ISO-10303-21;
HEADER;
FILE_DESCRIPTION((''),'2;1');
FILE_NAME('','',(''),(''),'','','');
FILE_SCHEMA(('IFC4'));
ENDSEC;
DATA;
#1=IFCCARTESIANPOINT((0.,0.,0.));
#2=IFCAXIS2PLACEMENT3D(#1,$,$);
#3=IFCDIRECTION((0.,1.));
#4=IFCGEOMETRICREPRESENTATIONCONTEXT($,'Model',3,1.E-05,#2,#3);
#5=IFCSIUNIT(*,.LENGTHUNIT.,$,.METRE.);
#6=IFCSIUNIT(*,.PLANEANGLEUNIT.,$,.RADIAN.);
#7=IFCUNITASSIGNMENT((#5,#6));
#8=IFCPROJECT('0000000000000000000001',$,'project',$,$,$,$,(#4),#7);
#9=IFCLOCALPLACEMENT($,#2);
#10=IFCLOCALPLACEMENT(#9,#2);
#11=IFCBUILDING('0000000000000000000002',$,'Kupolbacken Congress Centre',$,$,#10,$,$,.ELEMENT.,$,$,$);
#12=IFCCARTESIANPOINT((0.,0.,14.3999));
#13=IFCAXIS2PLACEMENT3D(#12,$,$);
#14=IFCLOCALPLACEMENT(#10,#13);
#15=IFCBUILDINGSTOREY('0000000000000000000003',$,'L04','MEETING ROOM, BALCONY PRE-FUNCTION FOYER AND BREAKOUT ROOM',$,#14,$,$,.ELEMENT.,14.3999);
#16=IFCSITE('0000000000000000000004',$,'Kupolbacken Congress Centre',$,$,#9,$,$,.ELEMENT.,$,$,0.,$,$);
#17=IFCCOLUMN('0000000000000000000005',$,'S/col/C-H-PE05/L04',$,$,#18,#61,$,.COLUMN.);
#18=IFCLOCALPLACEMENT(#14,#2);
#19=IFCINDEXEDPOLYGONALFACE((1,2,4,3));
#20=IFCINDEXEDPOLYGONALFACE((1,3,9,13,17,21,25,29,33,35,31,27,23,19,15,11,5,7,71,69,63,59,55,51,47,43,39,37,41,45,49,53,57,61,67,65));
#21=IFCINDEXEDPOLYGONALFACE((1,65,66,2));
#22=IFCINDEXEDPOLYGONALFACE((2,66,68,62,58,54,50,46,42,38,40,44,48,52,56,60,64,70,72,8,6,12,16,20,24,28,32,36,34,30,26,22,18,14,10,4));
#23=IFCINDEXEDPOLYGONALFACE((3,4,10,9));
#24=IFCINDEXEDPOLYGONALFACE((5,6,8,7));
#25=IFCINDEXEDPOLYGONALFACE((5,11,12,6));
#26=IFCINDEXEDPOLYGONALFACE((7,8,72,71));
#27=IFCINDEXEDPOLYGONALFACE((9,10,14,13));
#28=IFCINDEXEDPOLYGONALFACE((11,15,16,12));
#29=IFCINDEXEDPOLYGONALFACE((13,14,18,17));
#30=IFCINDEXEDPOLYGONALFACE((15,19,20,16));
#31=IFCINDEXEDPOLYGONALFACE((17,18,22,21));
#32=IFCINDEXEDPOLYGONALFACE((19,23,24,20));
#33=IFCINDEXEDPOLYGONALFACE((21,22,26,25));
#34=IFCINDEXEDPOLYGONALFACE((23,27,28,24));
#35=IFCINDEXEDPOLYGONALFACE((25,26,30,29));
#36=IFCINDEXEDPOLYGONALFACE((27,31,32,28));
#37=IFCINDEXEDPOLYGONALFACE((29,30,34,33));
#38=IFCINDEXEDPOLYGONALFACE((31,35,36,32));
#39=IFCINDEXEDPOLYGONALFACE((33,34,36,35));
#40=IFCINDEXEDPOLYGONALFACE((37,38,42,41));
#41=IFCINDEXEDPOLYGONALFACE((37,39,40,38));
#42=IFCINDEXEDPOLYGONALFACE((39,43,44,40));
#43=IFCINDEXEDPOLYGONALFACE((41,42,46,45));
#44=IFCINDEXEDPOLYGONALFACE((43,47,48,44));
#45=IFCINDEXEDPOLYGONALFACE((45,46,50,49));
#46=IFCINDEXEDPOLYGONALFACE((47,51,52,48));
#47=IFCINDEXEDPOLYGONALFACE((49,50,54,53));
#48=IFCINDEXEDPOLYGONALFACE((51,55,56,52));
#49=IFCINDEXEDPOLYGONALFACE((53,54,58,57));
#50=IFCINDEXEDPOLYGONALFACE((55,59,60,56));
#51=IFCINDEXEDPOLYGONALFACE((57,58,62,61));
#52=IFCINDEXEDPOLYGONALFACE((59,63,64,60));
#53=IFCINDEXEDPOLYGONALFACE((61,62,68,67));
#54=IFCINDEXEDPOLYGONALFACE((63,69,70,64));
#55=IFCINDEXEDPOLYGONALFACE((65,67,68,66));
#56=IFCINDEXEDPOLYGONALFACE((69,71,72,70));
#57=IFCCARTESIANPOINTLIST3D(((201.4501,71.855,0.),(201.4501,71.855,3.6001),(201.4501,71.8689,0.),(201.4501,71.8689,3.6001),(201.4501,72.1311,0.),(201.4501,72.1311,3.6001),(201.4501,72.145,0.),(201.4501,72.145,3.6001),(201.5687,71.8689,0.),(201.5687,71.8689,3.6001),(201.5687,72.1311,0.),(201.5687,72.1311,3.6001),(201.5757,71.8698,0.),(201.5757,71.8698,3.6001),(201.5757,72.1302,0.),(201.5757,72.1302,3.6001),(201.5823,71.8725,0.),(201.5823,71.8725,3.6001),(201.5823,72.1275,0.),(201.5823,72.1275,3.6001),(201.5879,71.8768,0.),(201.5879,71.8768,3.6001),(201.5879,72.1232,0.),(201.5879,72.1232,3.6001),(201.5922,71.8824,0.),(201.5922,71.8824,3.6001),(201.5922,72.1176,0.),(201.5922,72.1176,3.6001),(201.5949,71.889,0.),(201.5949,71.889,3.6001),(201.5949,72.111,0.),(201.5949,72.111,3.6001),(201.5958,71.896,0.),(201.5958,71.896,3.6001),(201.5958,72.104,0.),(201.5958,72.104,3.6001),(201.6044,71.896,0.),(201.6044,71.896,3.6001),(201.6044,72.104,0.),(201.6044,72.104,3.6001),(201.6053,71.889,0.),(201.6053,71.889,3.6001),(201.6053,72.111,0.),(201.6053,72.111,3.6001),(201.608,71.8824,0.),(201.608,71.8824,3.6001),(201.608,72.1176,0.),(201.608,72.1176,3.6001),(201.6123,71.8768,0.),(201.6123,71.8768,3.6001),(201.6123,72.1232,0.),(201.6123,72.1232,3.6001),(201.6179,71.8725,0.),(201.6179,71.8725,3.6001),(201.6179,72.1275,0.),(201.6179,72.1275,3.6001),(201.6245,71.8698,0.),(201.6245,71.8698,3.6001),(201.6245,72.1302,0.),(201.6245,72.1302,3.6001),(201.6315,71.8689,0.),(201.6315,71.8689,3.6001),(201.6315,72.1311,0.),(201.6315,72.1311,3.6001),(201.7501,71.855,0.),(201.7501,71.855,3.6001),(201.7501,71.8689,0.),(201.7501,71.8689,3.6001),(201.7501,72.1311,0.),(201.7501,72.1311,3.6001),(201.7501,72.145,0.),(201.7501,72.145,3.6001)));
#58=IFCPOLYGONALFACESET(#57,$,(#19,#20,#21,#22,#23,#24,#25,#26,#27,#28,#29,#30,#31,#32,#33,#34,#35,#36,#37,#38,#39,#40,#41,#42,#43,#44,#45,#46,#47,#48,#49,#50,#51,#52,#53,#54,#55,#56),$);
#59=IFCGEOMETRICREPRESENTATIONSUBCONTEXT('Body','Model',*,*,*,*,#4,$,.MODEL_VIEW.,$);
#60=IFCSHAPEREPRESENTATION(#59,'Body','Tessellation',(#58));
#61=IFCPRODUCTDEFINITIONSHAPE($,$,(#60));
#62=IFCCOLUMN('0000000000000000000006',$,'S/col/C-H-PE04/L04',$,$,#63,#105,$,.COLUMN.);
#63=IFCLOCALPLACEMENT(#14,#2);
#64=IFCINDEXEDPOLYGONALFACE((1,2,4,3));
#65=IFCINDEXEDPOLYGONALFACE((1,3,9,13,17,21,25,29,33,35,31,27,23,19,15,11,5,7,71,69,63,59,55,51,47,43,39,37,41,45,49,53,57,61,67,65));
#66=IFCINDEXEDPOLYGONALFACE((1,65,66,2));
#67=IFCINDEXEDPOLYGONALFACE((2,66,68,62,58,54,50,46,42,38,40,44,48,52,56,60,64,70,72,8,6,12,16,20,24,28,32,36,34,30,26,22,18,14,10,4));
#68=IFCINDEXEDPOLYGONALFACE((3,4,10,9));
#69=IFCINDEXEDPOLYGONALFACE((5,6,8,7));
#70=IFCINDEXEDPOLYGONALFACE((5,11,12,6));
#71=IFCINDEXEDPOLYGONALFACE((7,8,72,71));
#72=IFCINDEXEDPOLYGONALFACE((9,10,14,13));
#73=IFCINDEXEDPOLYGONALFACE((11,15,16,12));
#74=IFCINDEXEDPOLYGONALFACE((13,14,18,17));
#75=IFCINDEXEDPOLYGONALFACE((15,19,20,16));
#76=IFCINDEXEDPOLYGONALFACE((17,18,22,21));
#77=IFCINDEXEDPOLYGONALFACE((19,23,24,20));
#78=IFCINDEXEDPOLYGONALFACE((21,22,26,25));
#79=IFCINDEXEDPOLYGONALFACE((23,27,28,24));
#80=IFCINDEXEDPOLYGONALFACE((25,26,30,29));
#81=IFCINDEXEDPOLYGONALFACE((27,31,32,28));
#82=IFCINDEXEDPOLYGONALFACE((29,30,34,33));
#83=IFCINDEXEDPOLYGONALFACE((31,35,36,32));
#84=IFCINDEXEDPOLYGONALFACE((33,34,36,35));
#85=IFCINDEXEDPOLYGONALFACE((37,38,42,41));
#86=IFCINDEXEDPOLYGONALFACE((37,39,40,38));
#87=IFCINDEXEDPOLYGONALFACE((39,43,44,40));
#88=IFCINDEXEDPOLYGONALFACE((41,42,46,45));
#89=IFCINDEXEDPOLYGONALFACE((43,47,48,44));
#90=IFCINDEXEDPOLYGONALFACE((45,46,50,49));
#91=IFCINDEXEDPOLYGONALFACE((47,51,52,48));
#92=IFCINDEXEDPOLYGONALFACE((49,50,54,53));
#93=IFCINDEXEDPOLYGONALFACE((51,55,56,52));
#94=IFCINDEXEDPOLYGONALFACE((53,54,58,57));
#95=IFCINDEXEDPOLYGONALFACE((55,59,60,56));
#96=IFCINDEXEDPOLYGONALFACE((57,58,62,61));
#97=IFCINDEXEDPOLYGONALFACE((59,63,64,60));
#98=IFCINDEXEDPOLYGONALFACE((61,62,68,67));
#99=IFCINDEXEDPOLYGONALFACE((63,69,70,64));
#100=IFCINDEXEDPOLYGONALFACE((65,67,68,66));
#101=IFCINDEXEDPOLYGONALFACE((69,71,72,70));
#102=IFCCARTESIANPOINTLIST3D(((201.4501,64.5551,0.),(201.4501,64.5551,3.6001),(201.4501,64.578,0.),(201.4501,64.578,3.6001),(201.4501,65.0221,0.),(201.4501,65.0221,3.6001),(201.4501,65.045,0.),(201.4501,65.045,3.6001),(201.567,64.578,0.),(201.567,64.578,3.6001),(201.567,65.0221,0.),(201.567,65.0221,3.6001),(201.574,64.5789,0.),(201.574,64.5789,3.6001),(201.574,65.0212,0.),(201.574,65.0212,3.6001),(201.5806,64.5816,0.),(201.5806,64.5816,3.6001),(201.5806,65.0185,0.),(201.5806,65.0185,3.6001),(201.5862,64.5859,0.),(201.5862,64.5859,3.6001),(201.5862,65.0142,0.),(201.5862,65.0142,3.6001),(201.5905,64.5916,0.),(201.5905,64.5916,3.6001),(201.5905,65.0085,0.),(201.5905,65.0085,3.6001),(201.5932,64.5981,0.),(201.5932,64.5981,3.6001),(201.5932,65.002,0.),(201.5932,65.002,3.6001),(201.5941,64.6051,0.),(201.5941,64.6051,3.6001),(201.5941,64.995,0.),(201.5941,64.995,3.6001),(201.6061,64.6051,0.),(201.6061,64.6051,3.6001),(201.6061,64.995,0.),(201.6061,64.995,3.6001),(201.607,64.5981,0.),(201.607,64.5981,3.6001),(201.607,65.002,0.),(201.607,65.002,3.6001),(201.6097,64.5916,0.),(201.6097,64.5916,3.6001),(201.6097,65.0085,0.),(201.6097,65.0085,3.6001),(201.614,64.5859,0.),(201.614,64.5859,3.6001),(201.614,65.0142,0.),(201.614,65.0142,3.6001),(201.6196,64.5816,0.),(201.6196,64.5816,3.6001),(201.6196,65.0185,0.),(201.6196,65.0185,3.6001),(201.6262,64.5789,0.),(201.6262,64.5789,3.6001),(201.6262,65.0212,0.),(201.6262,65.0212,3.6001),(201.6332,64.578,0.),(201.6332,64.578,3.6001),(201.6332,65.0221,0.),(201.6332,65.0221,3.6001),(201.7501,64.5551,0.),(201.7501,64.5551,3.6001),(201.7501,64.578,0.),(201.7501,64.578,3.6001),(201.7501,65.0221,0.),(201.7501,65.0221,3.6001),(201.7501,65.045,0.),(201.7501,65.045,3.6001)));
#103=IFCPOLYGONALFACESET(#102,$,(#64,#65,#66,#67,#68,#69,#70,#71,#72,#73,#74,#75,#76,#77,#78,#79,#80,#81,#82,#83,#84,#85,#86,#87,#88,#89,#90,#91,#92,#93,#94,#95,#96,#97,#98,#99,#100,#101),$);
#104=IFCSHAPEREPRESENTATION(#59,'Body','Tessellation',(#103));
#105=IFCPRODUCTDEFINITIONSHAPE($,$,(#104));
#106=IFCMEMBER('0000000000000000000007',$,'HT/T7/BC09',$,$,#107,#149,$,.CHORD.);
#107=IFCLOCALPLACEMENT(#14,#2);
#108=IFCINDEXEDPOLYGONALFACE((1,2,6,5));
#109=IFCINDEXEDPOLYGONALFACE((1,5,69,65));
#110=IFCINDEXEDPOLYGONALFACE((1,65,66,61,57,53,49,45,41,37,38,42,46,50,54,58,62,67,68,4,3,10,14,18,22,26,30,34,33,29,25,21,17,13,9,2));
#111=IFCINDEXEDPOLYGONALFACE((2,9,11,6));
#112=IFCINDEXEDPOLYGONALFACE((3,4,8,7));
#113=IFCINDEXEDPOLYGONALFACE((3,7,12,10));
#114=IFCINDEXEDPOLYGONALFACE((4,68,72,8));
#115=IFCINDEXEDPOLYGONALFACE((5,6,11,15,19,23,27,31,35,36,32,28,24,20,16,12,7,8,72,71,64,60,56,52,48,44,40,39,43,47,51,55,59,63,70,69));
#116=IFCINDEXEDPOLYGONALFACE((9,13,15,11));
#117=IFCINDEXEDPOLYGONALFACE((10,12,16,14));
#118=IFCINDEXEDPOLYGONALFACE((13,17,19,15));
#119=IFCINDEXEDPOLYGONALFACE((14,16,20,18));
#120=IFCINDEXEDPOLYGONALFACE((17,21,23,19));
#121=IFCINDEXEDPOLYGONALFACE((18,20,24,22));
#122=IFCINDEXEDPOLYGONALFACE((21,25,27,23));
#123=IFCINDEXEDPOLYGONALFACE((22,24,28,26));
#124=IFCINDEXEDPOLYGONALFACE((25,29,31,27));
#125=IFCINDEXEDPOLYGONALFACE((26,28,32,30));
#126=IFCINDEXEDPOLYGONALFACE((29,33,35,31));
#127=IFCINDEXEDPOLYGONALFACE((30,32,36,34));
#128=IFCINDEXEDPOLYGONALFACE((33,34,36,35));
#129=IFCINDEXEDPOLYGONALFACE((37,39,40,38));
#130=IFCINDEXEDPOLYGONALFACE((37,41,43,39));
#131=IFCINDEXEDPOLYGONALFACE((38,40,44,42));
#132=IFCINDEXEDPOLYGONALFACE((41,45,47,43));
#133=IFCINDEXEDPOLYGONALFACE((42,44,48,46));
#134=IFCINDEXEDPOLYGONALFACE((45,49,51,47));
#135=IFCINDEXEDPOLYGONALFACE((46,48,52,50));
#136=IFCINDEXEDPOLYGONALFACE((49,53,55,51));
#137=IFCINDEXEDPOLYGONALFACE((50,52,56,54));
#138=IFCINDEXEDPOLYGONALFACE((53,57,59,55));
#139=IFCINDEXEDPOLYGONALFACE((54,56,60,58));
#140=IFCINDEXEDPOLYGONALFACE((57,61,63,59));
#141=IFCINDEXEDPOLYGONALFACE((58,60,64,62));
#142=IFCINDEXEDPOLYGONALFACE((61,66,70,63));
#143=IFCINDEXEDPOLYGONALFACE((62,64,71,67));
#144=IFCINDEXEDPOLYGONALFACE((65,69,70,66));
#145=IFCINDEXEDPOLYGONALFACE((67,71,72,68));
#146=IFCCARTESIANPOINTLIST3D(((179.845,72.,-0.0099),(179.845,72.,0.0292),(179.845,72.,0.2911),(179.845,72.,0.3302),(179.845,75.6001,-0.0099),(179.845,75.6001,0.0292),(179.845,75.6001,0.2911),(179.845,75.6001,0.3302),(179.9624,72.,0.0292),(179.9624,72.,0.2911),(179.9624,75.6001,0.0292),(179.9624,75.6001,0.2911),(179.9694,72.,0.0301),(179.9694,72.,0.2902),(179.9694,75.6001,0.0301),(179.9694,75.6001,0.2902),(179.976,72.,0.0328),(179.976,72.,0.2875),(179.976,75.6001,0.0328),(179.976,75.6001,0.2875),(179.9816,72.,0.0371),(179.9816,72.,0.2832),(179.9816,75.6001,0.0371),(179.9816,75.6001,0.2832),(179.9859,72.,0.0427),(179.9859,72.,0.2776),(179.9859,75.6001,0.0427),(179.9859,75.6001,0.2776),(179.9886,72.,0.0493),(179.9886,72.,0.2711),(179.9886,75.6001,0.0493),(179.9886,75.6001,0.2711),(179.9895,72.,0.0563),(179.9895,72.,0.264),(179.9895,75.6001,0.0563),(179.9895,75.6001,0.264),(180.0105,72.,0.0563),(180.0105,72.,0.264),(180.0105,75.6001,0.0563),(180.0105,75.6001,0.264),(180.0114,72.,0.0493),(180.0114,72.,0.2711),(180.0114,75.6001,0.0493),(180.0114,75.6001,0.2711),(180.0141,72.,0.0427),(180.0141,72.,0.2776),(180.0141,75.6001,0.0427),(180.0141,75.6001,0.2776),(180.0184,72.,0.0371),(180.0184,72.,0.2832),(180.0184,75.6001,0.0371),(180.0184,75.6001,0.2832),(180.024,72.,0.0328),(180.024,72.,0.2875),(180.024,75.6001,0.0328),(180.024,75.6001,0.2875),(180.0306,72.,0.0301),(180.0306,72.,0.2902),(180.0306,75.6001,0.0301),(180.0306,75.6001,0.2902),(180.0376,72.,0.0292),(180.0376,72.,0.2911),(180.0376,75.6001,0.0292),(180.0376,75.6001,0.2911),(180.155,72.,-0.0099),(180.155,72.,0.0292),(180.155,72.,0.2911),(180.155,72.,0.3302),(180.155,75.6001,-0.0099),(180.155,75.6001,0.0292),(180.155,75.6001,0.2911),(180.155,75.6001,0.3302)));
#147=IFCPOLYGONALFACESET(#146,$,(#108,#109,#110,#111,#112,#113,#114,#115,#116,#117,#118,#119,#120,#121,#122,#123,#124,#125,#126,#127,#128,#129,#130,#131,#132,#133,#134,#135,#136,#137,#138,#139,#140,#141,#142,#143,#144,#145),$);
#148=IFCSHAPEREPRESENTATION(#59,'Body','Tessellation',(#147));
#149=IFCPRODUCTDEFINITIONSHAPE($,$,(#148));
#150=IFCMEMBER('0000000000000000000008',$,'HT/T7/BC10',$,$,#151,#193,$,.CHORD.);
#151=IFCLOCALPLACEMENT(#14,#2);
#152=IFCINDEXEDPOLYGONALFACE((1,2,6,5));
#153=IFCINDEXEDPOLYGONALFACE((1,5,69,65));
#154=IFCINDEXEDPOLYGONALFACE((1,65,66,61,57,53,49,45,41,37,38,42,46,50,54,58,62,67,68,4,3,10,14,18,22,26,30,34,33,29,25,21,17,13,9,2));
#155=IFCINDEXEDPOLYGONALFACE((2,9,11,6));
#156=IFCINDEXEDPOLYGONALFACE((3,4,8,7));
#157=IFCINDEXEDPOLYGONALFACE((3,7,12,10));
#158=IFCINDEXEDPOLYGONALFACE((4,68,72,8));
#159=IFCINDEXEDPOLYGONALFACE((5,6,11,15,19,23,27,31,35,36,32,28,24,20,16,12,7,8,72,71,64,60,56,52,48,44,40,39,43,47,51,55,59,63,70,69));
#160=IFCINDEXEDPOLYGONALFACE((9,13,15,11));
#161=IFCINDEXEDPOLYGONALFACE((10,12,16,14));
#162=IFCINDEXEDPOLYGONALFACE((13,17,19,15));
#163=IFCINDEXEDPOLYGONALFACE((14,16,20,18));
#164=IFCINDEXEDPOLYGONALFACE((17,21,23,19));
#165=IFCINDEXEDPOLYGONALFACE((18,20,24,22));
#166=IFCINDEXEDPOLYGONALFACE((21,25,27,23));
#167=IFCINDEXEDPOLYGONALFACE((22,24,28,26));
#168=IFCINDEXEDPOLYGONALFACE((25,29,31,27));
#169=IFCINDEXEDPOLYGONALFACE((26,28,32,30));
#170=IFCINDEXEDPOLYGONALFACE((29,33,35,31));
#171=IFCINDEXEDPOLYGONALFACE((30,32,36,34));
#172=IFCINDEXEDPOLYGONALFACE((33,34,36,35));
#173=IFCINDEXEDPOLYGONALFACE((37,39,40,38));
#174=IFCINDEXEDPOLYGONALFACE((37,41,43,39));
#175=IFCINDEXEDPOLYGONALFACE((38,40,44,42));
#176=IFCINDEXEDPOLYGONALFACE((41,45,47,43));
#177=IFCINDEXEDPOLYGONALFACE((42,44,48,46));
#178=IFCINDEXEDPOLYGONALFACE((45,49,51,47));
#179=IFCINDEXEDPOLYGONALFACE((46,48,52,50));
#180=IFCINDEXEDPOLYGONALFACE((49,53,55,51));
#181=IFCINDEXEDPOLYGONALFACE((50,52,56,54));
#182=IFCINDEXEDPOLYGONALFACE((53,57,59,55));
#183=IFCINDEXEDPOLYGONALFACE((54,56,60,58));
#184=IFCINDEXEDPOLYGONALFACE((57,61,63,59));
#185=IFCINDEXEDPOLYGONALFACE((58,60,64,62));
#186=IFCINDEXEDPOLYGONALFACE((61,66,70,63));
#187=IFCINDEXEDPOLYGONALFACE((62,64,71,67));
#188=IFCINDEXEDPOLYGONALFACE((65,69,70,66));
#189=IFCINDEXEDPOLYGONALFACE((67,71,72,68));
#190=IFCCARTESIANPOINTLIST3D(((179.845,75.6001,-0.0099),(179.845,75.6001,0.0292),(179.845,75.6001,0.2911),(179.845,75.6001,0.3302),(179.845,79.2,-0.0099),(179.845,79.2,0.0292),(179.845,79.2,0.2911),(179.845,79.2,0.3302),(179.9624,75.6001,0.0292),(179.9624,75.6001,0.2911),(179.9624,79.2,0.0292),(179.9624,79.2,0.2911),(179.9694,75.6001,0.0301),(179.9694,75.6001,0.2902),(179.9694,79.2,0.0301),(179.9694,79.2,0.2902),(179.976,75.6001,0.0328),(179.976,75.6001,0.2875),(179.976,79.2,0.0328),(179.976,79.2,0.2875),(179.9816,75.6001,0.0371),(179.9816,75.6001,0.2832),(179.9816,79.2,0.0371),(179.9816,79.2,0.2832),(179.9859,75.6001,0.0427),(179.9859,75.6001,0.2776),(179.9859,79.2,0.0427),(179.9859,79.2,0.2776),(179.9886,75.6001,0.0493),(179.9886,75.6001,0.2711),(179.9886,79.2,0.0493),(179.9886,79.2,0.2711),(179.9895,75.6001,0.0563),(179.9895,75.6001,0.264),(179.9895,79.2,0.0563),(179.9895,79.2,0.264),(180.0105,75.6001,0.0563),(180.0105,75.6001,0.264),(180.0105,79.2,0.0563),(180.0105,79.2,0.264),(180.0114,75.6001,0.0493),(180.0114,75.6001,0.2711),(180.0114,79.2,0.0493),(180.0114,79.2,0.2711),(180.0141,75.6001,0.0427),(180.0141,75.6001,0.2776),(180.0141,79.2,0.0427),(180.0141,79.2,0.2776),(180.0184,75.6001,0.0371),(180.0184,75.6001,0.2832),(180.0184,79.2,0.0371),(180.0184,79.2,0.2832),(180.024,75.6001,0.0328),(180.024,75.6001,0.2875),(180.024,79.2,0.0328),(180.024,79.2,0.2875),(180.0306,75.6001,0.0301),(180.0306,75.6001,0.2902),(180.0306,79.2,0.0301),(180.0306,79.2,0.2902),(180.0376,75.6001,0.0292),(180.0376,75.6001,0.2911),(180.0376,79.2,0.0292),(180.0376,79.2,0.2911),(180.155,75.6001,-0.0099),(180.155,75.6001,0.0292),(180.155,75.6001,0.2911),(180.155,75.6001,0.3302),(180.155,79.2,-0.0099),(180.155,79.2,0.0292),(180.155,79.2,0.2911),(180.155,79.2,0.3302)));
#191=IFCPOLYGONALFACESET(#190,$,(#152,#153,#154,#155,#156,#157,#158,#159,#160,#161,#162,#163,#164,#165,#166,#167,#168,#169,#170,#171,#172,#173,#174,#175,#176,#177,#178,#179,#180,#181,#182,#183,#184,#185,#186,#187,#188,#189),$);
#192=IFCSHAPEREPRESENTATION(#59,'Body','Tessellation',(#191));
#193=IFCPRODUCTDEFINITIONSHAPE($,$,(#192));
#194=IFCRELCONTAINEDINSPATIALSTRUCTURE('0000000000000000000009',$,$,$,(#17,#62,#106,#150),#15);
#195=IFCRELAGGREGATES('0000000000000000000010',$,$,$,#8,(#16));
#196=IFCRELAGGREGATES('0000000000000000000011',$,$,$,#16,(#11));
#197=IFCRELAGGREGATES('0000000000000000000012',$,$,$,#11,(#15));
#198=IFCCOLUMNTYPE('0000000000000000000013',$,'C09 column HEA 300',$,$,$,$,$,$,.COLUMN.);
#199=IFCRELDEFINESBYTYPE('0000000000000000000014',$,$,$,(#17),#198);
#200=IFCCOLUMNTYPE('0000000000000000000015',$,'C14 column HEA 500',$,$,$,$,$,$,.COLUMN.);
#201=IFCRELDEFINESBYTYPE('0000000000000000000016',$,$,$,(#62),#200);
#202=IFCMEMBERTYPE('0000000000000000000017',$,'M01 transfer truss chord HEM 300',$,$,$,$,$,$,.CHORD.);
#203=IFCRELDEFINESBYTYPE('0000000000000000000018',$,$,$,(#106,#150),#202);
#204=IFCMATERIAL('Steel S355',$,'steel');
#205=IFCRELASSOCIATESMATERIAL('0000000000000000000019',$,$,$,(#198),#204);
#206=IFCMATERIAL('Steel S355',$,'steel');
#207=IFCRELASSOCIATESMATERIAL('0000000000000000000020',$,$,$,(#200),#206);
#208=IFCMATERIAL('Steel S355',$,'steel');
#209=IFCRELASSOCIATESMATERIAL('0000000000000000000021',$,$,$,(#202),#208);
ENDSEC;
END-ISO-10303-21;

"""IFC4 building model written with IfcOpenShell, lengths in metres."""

from ifc_helpers import new_model, si_unit, direction, frame, origin, origin_2d, place, context, subcontext, project, spatial, i_section, extrude, material, material_profile, profile_set, type_object, element, save


model = new_model("IFC4")

# Units and contexts
model_context = context("Model", 3, precision=1e-05, world=origin(), true_north=direction((0.0, 1.0)))
body_context = subcontext(model_context, "Body", "Model", "MODEL_VIEW")
ifc_project = project(units=[si_unit("LENGTHUNIT", "METRE"), si_unit("PLANEANGLEUNIT", "RADIAN")], contexts=[model_context])

# Site, building, storey
site_placement = place(None, origin())
site = spatial("IfcSite", under=ifc_project, at=site_placement, Name="Kupolbacken Congress Centre", CompositionType="ELEMENT", RefElevation=0.0)
building_placement = place(site_placement, origin())
building = spatial("IfcBuilding", under=site, at=building_placement, Name="Kupolbacken Congress Centre", CompositionType="ELEMENT")
storey_placement = place(building_placement, frame((0.0, 0.0, 14.3999)))
storey = spatial("IfcBuildingStorey", under=building, at=storey_placement, Name="L04", Description="MEETING ROOM, BALCONY PRE-FUNCTION FOYER AND BREAKOUT ROOM", CompositionType="ELEMENT", Elevation=14.3999)

# Columns
ifc_material_1 = material(Name="Steel S355", Category="steel")
ifc_material_profile_1 = material_profile(ifc_material_1, i_section(OverallWidth=0.3, OverallDepth=0.29, WebThickness=0.0085, FlangeThickness=0.0139, FilletRadius=0.0271, at=origin_2d()), Name="HEA 300")
ifc_profile_set_1 = profile_set([ifc_material_profile_1], Name="Steel S355")
column_type_1 = type_object("IfcColumnType", Name="C09 column HEA 300", PredefinedType="COLUMN", material=ifc_profile_set_1)
column_1_placement = place(storey_placement, frame((201.6001, 72.0, 0.0), z_axis=(0.0, 0.0, 1.0), x_axis=(1.0, 0.0, 0.0)))
element("IfcColumn", 1, at=column_1_placement, inside=storey, type_object=column_type_1, Name="S/col/C-H-PE05/L04", PredefinedType="COLUMN", context=body_context, shape_type="SweptSolid", body=[
    extrude(i_section(OverallWidth=0.3, OverallDepth=0.29, WebThickness=0.0085, FlangeThickness=0.0139, FilletRadius=0.0271, at=origin_2d()), origin(), (0.0, 0.0, 1.0), 3.6001),
])
ifc_material_2 = material(Name="Steel S355", Category="steel")
ifc_material_profile_2 = material_profile(ifc_material_2, i_section(OverallWidth=0.3, OverallDepth=0.49, WebThickness=0.012, FlangeThickness=0.0229, FilletRadius=0.0271, at=origin_2d()), Name="HEA 500")
ifc_profile_set_2 = profile_set([ifc_material_profile_2], Name="Steel S355")
column_type_2 = type_object("IfcColumnType", Name="C14 column HEA 500", PredefinedType="COLUMN", material=ifc_profile_set_2)
column_2_placement = place(storey_placement, frame((201.6001, 64.8, 0.0), z_axis=(0.0, 0.0, 1.0), x_axis=(1.0, 0.0, 0.0)))
element("IfcColumn", 2, at=column_2_placement, inside=storey, type_object=column_type_2, Name="S/col/C-H-PE04/L04", PredefinedType="COLUMN", context=body_context, shape_type="SweptSolid", body=[
    extrude(i_section(OverallWidth=0.3, OverallDepth=0.49, WebThickness=0.012, FlangeThickness=0.0229, FilletRadius=0.0271, at=origin_2d()), origin(), (0.0, 0.0, 1.0), 3.6001),
])

# Members
ifc_material_3 = material(Name="Steel S355", Category="steel")
ifc_material_profile_3 = material_profile(ifc_material_3, i_section(OverallWidth=0.3101, OverallDepth=0.3401, WebThickness=0.021, FlangeThickness=0.0391, FilletRadius=0.0271, at=origin_2d()), Name="HEM 300")
ifc_profile_set_3 = profile_set([ifc_material_profile_3], Name="Steel S355")
member_type_1 = type_object("IfcMemberType", Name="M01 transfer truss chord HEM 300", PredefinedType="CHORD", material=ifc_profile_set_3)
member_1_placement = place(storey_placement, frame((180.0, 72.0, 0.1602), z_axis=(0.0, 1.0, 0.0), x_axis=(-1.0, 0.0, 0.0)))
element("IfcMember", 3, at=member_1_placement, inside=storey, type_object=member_type_1, Name="HT/T7/BC09", PredefinedType="CHORD", context=body_context, shape_type="SweptSolid", body=[
    extrude(i_section(OverallWidth=0.3101, OverallDepth=0.3401, WebThickness=0.021, FlangeThickness=0.0391, FilletRadius=0.0271, at=origin_2d()), origin(), (0.0, 0.0, 1.0), 3.6001),
])
member_2_placement = place(storey_placement, frame((180.0, 75.6001, 0.1602), z_axis=(0.0, 1.0, 0.0), x_axis=(-1.0, 0.0, 0.0)))
element("IfcMember", 4, at=member_2_placement, inside=storey, type_object=member_type_1, Name="HT/T7/BC10", PredefinedType="CHORD", context=body_context, shape_type="SweptSolid", body=[
    extrude(i_section(OverallWidth=0.3101, OverallDepth=0.3401, WebThickness=0.021, FlangeThickness=0.0391, FilletRadius=0.0271, at=origin_2d()), origin(), (0.0, 0.0, 1.0), 3.5999),
])

save(model, "model.ifc")
